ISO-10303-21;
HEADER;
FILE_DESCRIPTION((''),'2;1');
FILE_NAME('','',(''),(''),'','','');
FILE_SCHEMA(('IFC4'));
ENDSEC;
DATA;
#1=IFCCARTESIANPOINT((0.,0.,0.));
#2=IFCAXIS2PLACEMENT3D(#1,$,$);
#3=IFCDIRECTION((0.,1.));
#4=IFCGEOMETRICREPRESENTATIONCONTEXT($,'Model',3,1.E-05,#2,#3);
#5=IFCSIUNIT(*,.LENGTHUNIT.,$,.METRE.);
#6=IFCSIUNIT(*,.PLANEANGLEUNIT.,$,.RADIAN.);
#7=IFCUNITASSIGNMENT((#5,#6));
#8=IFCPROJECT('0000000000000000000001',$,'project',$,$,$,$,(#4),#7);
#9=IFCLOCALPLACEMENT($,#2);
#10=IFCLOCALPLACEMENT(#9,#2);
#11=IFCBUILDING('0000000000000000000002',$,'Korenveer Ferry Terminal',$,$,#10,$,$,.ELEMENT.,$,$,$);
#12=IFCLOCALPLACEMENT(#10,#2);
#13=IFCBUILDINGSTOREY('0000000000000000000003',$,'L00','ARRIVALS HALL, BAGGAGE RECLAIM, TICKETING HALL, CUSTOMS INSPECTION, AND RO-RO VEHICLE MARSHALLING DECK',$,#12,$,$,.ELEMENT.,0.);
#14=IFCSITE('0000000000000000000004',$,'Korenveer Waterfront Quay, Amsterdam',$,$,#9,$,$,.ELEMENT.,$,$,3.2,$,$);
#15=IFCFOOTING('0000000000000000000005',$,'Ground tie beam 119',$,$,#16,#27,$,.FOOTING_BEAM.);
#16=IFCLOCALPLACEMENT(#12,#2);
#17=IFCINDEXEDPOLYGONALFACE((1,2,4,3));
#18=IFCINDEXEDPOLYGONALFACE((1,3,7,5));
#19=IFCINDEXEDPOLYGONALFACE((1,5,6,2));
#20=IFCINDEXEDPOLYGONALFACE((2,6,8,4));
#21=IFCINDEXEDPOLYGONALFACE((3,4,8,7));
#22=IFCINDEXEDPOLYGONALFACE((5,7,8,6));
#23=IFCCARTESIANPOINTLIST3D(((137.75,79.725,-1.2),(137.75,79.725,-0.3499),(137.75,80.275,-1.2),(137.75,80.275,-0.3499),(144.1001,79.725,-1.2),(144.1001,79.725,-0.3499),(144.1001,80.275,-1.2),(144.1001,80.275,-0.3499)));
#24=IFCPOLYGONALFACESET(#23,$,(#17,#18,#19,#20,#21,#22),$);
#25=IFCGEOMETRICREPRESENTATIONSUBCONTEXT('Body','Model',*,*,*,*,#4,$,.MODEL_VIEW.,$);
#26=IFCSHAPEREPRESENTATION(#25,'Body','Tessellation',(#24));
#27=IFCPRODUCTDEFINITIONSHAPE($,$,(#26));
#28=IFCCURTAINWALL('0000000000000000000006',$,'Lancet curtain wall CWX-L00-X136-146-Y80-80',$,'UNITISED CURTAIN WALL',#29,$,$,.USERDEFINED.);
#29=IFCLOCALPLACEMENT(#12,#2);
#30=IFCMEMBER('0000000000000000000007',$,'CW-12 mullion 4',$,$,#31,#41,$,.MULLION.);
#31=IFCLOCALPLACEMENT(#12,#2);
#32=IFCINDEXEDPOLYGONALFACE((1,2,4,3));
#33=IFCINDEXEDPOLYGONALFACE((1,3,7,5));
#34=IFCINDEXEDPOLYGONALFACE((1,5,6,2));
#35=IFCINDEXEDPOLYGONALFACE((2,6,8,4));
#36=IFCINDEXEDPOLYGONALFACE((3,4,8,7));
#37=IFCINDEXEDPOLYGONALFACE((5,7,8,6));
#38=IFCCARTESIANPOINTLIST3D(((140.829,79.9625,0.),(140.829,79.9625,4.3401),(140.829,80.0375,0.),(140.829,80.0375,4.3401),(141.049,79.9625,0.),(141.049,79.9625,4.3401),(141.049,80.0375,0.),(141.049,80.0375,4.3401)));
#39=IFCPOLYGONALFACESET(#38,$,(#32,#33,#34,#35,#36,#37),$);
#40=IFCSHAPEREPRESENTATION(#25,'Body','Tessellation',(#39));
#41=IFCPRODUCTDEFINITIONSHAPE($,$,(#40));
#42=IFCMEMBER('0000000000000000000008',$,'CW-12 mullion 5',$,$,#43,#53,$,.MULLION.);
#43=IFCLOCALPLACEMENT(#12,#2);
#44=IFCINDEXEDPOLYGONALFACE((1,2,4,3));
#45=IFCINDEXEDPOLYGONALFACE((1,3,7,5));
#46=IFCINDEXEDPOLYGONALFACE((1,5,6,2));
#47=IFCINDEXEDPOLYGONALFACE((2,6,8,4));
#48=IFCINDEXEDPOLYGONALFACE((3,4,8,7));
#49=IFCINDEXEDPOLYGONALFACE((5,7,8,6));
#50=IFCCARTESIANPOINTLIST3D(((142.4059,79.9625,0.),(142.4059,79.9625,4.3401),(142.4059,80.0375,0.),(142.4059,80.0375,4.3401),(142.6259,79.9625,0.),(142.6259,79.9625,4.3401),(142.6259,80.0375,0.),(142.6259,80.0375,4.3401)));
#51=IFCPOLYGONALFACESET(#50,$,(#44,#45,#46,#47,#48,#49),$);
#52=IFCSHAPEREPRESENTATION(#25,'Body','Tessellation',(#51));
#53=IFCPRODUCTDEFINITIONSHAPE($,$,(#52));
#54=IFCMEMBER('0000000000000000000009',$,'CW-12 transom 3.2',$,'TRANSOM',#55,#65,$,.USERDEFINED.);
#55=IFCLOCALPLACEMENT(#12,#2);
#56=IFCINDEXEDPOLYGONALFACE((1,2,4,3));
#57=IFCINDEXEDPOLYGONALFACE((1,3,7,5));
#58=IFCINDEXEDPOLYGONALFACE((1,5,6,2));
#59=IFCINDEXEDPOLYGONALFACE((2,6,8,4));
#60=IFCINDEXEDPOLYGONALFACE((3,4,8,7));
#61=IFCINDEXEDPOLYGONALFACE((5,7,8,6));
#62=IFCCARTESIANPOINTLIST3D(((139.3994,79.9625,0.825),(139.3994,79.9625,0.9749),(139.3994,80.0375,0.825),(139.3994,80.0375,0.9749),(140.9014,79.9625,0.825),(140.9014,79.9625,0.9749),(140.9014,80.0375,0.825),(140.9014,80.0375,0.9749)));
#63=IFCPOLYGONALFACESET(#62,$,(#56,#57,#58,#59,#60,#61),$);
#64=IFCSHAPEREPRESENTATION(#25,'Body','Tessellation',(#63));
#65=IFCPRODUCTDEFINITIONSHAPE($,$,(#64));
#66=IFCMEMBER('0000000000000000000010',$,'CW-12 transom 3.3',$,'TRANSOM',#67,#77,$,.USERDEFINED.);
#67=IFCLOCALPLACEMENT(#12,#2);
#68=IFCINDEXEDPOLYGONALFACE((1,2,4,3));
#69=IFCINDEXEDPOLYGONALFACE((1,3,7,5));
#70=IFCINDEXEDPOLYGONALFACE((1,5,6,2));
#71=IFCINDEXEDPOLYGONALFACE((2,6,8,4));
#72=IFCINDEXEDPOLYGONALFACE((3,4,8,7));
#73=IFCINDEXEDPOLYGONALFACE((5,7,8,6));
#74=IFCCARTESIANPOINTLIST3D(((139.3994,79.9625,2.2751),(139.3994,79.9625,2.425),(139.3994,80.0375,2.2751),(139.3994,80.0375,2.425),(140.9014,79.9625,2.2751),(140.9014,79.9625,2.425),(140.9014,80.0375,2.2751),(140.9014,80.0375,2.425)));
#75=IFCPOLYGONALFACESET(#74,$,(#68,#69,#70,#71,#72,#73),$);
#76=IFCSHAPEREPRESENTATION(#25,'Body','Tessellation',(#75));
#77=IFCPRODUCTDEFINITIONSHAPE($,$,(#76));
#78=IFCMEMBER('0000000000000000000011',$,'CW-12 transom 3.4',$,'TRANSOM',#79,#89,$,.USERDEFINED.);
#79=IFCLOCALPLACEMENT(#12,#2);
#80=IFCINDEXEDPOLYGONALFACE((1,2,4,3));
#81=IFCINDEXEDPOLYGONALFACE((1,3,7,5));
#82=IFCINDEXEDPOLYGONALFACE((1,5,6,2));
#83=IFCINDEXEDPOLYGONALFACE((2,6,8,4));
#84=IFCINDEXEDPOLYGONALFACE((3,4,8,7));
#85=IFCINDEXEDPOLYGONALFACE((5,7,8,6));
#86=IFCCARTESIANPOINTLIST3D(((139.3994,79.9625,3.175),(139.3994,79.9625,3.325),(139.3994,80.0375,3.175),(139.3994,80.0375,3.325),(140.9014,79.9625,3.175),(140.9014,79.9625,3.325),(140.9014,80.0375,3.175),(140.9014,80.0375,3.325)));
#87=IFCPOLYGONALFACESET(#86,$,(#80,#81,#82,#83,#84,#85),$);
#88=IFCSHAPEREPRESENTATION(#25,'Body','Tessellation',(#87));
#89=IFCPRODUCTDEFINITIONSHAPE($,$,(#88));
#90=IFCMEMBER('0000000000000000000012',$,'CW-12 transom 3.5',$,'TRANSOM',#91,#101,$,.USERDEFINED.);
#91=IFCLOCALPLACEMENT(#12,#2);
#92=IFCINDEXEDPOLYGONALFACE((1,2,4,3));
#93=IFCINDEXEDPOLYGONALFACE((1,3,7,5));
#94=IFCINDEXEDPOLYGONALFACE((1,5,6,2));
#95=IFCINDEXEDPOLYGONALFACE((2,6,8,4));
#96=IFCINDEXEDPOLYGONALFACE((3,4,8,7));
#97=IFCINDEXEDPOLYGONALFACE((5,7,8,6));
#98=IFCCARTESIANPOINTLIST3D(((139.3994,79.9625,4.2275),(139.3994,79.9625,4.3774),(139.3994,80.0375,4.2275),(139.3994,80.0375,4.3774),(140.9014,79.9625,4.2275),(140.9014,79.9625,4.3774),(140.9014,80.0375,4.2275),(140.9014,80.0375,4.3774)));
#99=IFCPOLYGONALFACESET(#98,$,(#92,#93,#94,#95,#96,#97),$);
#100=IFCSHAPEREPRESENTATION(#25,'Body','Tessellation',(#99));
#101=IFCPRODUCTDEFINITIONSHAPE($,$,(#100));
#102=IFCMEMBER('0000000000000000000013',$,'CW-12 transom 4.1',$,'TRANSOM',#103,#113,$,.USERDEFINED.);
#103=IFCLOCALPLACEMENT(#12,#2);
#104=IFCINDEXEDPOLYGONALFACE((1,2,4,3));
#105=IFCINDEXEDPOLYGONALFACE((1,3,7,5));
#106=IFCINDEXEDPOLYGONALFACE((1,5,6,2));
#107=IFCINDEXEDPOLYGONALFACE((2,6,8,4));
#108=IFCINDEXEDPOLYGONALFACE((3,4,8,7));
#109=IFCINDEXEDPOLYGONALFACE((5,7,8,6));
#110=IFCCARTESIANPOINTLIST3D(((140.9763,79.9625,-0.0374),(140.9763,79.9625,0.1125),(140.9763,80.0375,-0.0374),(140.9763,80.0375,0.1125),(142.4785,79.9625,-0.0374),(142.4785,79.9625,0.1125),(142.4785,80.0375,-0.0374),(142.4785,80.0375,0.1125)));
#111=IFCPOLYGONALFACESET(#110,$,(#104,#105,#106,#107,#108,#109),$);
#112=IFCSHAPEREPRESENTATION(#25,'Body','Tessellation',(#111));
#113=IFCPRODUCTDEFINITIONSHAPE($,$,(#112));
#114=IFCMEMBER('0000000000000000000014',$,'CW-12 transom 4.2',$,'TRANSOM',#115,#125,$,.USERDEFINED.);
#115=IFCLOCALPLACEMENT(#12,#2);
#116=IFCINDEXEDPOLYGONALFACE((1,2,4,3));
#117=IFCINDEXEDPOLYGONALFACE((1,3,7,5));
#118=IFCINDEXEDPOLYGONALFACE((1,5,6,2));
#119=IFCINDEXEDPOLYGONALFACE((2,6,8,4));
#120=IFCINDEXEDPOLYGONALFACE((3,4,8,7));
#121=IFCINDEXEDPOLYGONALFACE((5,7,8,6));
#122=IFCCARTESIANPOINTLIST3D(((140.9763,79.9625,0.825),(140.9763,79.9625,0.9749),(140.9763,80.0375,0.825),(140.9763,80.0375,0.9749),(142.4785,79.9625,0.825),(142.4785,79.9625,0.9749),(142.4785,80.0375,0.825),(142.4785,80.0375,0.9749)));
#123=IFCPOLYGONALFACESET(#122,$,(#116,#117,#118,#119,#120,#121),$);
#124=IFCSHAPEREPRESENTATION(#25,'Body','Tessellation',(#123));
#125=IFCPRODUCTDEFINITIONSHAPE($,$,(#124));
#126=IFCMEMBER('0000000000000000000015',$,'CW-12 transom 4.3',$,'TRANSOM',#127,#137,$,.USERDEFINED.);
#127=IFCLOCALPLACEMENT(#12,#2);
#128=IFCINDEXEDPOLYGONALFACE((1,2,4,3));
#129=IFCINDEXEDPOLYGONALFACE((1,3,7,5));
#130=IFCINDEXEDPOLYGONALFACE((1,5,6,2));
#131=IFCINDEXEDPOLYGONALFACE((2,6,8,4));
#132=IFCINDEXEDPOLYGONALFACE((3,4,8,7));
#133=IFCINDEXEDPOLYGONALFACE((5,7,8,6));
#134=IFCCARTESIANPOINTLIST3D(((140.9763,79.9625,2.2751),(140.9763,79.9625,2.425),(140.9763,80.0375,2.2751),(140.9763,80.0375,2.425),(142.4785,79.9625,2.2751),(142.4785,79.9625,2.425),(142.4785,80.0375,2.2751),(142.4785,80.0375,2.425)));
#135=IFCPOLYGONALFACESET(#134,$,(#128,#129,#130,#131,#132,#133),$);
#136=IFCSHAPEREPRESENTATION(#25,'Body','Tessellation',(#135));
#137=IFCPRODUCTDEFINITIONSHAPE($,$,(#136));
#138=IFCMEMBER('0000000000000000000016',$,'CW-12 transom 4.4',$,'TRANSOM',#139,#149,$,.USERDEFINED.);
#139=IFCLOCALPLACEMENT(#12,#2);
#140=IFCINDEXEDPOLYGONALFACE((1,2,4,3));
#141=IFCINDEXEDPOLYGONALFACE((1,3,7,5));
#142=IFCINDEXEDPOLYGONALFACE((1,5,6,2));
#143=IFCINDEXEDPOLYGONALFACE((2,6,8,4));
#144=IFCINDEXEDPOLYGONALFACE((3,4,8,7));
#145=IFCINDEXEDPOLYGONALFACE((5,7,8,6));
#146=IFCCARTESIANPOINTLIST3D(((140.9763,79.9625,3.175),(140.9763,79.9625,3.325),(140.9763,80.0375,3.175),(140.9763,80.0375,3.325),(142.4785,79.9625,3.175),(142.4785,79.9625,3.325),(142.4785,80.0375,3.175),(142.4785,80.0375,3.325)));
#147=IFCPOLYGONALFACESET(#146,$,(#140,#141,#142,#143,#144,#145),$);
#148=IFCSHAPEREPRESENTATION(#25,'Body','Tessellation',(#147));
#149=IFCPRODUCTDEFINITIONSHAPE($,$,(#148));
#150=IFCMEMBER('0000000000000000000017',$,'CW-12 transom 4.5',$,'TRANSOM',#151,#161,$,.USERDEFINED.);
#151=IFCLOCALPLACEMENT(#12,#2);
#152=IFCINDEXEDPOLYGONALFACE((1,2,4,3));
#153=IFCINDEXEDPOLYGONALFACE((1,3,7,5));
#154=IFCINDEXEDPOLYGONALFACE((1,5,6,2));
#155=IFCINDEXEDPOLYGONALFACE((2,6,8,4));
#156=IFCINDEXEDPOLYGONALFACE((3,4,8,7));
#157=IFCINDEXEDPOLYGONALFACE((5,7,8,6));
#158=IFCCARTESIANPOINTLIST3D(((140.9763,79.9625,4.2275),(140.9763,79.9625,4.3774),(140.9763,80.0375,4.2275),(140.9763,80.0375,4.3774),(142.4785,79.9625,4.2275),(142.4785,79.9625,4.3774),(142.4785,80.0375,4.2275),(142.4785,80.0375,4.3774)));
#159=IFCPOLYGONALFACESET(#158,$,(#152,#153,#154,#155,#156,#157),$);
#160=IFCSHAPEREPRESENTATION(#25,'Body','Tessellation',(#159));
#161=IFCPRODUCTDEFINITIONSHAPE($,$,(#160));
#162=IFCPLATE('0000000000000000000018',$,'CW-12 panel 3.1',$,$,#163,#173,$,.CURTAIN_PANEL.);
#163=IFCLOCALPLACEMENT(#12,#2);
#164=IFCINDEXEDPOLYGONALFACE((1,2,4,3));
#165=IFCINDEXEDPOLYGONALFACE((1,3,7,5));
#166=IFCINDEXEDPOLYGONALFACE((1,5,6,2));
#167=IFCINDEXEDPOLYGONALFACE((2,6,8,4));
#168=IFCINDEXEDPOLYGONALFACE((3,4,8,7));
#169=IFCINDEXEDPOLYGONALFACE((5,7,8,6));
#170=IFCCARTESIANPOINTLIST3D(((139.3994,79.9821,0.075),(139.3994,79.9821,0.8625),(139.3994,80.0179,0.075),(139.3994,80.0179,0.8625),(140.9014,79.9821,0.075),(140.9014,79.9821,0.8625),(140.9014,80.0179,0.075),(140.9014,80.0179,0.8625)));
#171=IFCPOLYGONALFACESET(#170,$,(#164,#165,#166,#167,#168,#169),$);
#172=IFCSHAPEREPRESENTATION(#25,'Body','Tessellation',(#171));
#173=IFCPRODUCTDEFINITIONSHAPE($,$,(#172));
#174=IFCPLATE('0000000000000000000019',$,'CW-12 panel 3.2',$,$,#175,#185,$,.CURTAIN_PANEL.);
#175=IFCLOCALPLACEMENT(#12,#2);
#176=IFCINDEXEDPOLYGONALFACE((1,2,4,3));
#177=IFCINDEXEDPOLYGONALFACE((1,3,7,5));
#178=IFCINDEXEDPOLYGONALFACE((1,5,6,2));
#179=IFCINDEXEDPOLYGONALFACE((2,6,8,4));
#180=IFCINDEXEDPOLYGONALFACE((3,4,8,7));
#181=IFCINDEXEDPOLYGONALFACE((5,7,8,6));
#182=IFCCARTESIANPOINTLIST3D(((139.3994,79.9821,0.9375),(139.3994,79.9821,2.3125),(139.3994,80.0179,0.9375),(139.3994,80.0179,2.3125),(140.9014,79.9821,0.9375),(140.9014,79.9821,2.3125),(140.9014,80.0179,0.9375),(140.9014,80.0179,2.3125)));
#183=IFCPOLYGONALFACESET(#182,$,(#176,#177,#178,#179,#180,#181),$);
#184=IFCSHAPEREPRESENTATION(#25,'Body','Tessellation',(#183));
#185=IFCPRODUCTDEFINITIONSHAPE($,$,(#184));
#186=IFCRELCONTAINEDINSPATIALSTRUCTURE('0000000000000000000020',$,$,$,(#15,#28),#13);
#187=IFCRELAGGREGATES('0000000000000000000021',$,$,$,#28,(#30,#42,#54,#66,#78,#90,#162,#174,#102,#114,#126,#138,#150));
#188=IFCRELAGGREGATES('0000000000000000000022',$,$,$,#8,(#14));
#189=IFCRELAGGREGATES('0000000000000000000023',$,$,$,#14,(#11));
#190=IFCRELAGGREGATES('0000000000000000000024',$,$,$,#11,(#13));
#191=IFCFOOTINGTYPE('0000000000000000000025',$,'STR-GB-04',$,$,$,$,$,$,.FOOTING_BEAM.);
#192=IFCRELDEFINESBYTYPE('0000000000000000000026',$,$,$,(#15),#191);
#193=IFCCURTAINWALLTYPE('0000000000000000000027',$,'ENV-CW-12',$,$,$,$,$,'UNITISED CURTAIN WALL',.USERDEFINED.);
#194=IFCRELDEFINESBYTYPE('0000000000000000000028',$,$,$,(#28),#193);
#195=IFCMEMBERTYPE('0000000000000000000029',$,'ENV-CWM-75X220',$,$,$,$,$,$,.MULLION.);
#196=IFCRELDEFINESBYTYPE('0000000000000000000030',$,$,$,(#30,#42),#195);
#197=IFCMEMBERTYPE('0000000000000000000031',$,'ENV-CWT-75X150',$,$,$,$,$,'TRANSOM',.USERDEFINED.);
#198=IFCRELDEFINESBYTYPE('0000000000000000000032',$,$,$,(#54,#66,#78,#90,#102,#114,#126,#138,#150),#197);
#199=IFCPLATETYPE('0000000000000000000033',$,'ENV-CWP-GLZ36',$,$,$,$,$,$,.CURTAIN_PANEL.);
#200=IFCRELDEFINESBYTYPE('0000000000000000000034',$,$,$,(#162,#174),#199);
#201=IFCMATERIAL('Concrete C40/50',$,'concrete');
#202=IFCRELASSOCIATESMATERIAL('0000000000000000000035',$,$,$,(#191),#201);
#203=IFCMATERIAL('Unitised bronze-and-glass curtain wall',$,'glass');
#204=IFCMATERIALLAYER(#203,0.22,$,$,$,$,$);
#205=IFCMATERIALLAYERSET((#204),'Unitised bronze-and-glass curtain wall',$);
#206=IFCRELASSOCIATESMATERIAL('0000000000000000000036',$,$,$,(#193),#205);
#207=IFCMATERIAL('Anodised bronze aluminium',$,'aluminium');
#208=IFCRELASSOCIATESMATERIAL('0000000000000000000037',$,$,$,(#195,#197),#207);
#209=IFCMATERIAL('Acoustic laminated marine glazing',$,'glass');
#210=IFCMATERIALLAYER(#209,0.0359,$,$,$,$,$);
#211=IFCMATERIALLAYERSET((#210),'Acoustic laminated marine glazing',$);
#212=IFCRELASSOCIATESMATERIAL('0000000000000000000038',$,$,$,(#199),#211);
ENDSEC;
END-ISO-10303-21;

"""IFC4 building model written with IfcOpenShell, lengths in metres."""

from ifc_helpers import new_model, si_unit, direction, frame, origin, origin_2d, place, context, subcontext, project, spatial, rectangle, extrude, material, layer, layer_set, material_profile, profile_set, type_object, element, aggregate, save


model = new_model("IFC4")

# Units and contexts
model_context = context("Model", 3, precision=1e-05, world=origin(), true_north=direction((0.0, 1.0)))
body_context = subcontext(model_context, "Body", "Model", "MODEL_VIEW")
ifc_project = project(units=[si_unit("LENGTHUNIT", "METRE"), si_unit("PLANEANGLEUNIT", "RADIAN")], contexts=[model_context])

# Site, building, storey
site_placement = place(None, origin())
site = spatial("IfcSite", under=ifc_project, at=site_placement, Name="Korenveer Waterfront Quay, Amsterdam", CompositionType="ELEMENT", RefElevation=3.2)
building_placement = place(site_placement, origin())
building = spatial("IfcBuilding", under=site, at=building_placement, Name="Korenveer Ferry Terminal", CompositionType="ELEMENT")
storey_placement = place(building_placement, origin())
storey = spatial("IfcBuildingStorey", under=building, at=storey_placement, Name="L00", Description="ARRIVALS HALL, BAGGAGE RECLAIM, TICKETING HALL, CUSTOMS INSPECTION, AND RO-RO VEHICLE MARSHALLING DECK", CompositionType="ELEMENT", Elevation=0.0)

# Footing
ifc_material_1 = material(Name="Concrete C40/50", Category="concrete")
footing_type = type_object("IfcFootingType", Name="STR-GB-04", PredefinedType="FOOTING_BEAM", material=ifc_material_1)
footing_placement = place(storey_placement, frame((140.925, 80.0, -1.2), z_axis=(0.0, 0.0, 1.0), x_axis=(1.0, 0.0, 0.0)))
element("IfcFooting", 1, at=footing_placement, inside=storey, type_object=footing_type, Name="Ground tie beam 119", PredefinedType="FOOTING_BEAM", context=body_context, shape_type="SweptSolid", body=[
    extrude(rectangle(XDim=6.3501, YDim=0.55, at=origin_2d()), origin(), (0.0, 0.0, 1.0), 0.8501),
])

# Curtain wall, members, plates
ifc_material_2 = material(Name="Unitised bronze-and-glass curtain wall", Category="glass")
ifc_layer_1 = layer(ifc_material_2, 0.22)
ifc_layer_set_1 = layer_set([ifc_layer_1], Name="Unitised bronze-and-glass curtain wall")
curtain_wall_type = type_object("IfcCurtainWallType", Name="ENV-CW-12", ElementType="UNITISED CURTAIN WALL", PredefinedType="USERDEFINED", material=ifc_layer_set_1)
curtain_wall_placement = place(storey_placement, frame((136.2078, 80.0, 0.0)))
curtain_wall = element("IfcCurtainWall", 2, at=curtain_wall_placement, inside=storey, type_object=curtain_wall_type, Name="Lancet curtain wall CWX-L00-X136-146-Y80-80", ObjectType="UNITISED CURTAIN WALL", PredefinedType="USERDEFINED")
ifc_material_3 = material(Name="Anodised bronze aluminium", Category="aluminium")
ifc_material_profile_1 = material_profile(ifc_material_3, rectangle(XDim=0.075, YDim=0.22, at=origin_2d()), Name="ALU 75x220")
ifc_profile_set_1 = profile_set([ifc_material_profile_1], Name="Anodised bronze aluminium")
member_type_1 = type_object("IfcMemberType", Name="ENV-CWM-75X220", PredefinedType="MULLION", material=ifc_profile_set_1)
member_1_placement = place(storey_placement, frame((140.939, 80.0, 0.0), z_axis=(0.0, 0.0, 1.0), x_axis=(0.0, 1.0, 0.0)))
member_1 = element("IfcMember", 3, at=member_1_placement, type_object=member_type_1, Name="CW-12 mullion 4", PredefinedType="MULLION", context=body_context, shape_type="SweptSolid", body=[
    extrude(rectangle(XDim=0.075, YDim=0.22, at=origin_2d()), origin(), (0.0, 0.0, 1.0), 4.3401),
])
member_2_placement = place(storey_placement, frame((142.5159, 80.0, 0.0), z_axis=(0.0, 0.0, 1.0), x_axis=(0.0, 1.0, 0.0)))
member_2 = element("IfcMember", 4, at=member_2_placement, type_object=member_type_1, Name="CW-12 mullion 5", PredefinedType="MULLION", context=body_context, shape_type="SweptSolid", body=[
    extrude(rectangle(XDim=0.075, YDim=0.22, at=origin_2d()), origin(), (0.0, 0.0, 1.0), 4.3401),
])
ifc_material_profile_2 = material_profile(ifc_material_3, rectangle(XDim=0.075, YDim=0.1499, at=origin_2d()), Name="ALU 75x150")
ifc_profile_set_2 = profile_set([ifc_material_profile_2], Name="Anodised bronze aluminium")
member_type_2 = type_object("IfcMemberType", Name="ENV-CWT-75X150", ElementType="TRANSOM", PredefinedType="USERDEFINED", material=ifc_profile_set_2)
member_3_placement = place(storey_placement, frame((139.3994, 80.0, 0.8999), z_axis=(1.0, 0.0, 0.0), x_axis=(0.0, 1.0, 0.0)))
member_3 = element("IfcMember", 5, at=member_3_placement, type_object=member_type_2, Name="CW-12 transom 3.2", ObjectType="TRANSOM", PredefinedType="USERDEFINED", context=body_context, shape_type="SweptSolid", body=[
    extrude(rectangle(XDim=0.075, YDim=0.1499, at=origin_2d()), origin(), (0.0, 0.0, 1.0), 1.502),
])
member_4_placement = place(storey_placement, frame((139.3994, 80.0, 2.3501), z_axis=(1.0, 0.0, 0.0), x_axis=(0.0, 1.0, 0.0)))
member_4 = element("IfcMember", 6, at=member_4_placement, type_object=member_type_2, Name="CW-12 transom 3.3", ObjectType="TRANSOM", PredefinedType="USERDEFINED", context=body_context, shape_type="SweptSolid", body=[
    extrude(rectangle(XDim=0.075, YDim=0.1499, at=origin_2d()), origin(), (0.0, 0.0, 1.0), 1.502),
])
member_5_placement = place(storey_placement, frame((139.3994, 80.0, 3.25), z_axis=(1.0, 0.0, 0.0), x_axis=(0.0, 1.0, 0.0)))
member_5 = element("IfcMember", 7, at=member_5_placement, type_object=member_type_2, Name="CW-12 transom 3.4", ObjectType="TRANSOM", PredefinedType="USERDEFINED", context=body_context, shape_type="SweptSolid", body=[
    extrude(rectangle(XDim=0.075, YDim=0.1499, at=origin_2d()), origin(), (0.0, 0.0, 1.0), 1.502),
])
member_6_placement = place(storey_placement, frame((139.3994, 80.0, 4.3025), z_axis=(1.0, 0.0, 0.0), x_axis=(0.0, 1.0, 0.0)))
member_6 = element("IfcMember", 8, at=member_6_placement, type_object=member_type_2, Name="CW-12 transom 3.5", ObjectType="TRANSOM", PredefinedType="USERDEFINED", context=body_context, shape_type="SweptSolid", body=[
    extrude(rectangle(XDim=0.075, YDim=0.1499, at=origin_2d()), origin(), (0.0, 0.0, 1.0), 1.502),
])
member_7_placement = place(storey_placement, frame((140.9763, 80.0, 0.0376), z_axis=(1.0, 0.0, 0.0), x_axis=(0.0, 1.0, 0.0)))
member_7 = element("IfcMember", 9, at=member_7_placement, type_object=member_type_2, Name="CW-12 transom 4.1", ObjectType="TRANSOM", PredefinedType="USERDEFINED", context=body_context, shape_type="SweptSolid", body=[
    extrude(rectangle(XDim=0.075, YDim=0.1499, at=origin_2d()), origin(), (0.0, 0.0, 1.0), 1.5022),
])
member_8_placement = place(storey_placement, frame((140.9763, 80.0, 0.8999), z_axis=(1.0, 0.0, 0.0), x_axis=(0.0, 1.0, 0.0)))
member_8 = element("IfcMember", 10, at=member_8_placement, type_object=member_type_2, Name="CW-12 transom 4.2", ObjectType="TRANSOM", PredefinedType="USERDEFINED", context=body_context, shape_type="SweptSolid", body=[
    extrude(rectangle(XDim=0.075, YDim=0.1499, at=origin_2d()), origin(), (0.0, 0.0, 1.0), 1.5022),
])
member_9_placement = place(storey_placement, frame((140.9763, 80.0, 2.3501), z_axis=(1.0, 0.0, 0.0), x_axis=(0.0, 1.0, 0.0)))
member_9 = element("IfcMember", 11, at=member_9_placement, type_object=member_type_2, Name="CW-12 transom 4.3", ObjectType="TRANSOM", PredefinedType="USERDEFINED", context=body_context, shape_type="SweptSolid", body=[
    extrude(rectangle(XDim=0.075, YDim=0.1499, at=origin_2d()), origin(), (0.0, 0.0, 1.0), 1.5022),
])
member_10_placement = place(storey_placement, frame((140.9763, 80.0, 3.25), z_axis=(1.0, 0.0, 0.0), x_axis=(0.0, 1.0, 0.0)))
member_10 = element("IfcMember", 12, at=member_10_placement, type_object=member_type_2, Name="CW-12 transom 4.4", ObjectType="TRANSOM", PredefinedType="USERDEFINED", context=body_context, shape_type="SweptSolid", body=[
    extrude(rectangle(XDim=0.075, YDim=0.1499, at=origin_2d()), origin(), (0.0, 0.0, 1.0), 1.5022),
])
member_11_placement = place(storey_placement, frame((140.9763, 80.0, 4.3025), z_axis=(1.0, 0.0, 0.0), x_axis=(0.0, 1.0, 0.0)))
member_11 = element("IfcMember", 13, at=member_11_placement, type_object=member_type_2, Name="CW-12 transom 4.5", ObjectType="TRANSOM", PredefinedType="USERDEFINED", context=body_context, shape_type="SweptSolid", body=[
    extrude(rectangle(XDim=0.075, YDim=0.1499, at=origin_2d()), origin(), (0.0, 0.0, 1.0), 1.5022),
])
ifc_material_4 = material(Name="Acoustic laminated marine glazing", Category="glass")
ifc_layer_2 = layer(ifc_material_4, 0.0359)
ifc_layer_set_2 = layer_set([ifc_layer_2], Name="Acoustic laminated marine glazing")
plate_type = type_object("IfcPlateType", Name="ENV-CWP-GLZ36", PredefinedType="CURTAIN_PANEL", material=ifc_layer_set_2)
plate_1_placement = place(storey_placement, frame((140.1504, 80.0, 0.075), z_axis=(0.0, 0.0, 1.0), x_axis=(1.0, 0.0, 0.0)))
plate_1 = element("IfcPlate", 14, at=plate_1_placement, type_object=plate_type, Name="CW-12 panel 3.1", PredefinedType="CURTAIN_PANEL", context=body_context, shape_type="SweptSolid", body=[
    extrude(rectangle(XDim=1.502, YDim=0.0359, at=origin_2d()), origin(), (0.0, 0.0, 1.0), 0.7876),
])
plate_2_placement = place(storey_placement, frame((140.1504, 80.0, 0.9375), z_axis=(0.0, 0.0, 1.0), x_axis=(1.0, 0.0, 0.0)))
plate_2 = element("IfcPlate", 15, at=plate_2_placement, type_object=plate_type, Name="CW-12 panel 3.2", PredefinedType="CURTAIN_PANEL", context=body_context, shape_type="SweptSolid", body=[
    extrude(rectangle(XDim=1.502, YDim=0.0359, at=origin_2d()), origin(), (0.0, 0.0, 1.0), 1.375),
])
aggregate(curtain_wall, [member_1, member_2, member_3, member_4, member_5, member_6, plate_1, plate_2, member_7, member_8, member_9, member_10, member_11])

save(model, "model.ifc")
